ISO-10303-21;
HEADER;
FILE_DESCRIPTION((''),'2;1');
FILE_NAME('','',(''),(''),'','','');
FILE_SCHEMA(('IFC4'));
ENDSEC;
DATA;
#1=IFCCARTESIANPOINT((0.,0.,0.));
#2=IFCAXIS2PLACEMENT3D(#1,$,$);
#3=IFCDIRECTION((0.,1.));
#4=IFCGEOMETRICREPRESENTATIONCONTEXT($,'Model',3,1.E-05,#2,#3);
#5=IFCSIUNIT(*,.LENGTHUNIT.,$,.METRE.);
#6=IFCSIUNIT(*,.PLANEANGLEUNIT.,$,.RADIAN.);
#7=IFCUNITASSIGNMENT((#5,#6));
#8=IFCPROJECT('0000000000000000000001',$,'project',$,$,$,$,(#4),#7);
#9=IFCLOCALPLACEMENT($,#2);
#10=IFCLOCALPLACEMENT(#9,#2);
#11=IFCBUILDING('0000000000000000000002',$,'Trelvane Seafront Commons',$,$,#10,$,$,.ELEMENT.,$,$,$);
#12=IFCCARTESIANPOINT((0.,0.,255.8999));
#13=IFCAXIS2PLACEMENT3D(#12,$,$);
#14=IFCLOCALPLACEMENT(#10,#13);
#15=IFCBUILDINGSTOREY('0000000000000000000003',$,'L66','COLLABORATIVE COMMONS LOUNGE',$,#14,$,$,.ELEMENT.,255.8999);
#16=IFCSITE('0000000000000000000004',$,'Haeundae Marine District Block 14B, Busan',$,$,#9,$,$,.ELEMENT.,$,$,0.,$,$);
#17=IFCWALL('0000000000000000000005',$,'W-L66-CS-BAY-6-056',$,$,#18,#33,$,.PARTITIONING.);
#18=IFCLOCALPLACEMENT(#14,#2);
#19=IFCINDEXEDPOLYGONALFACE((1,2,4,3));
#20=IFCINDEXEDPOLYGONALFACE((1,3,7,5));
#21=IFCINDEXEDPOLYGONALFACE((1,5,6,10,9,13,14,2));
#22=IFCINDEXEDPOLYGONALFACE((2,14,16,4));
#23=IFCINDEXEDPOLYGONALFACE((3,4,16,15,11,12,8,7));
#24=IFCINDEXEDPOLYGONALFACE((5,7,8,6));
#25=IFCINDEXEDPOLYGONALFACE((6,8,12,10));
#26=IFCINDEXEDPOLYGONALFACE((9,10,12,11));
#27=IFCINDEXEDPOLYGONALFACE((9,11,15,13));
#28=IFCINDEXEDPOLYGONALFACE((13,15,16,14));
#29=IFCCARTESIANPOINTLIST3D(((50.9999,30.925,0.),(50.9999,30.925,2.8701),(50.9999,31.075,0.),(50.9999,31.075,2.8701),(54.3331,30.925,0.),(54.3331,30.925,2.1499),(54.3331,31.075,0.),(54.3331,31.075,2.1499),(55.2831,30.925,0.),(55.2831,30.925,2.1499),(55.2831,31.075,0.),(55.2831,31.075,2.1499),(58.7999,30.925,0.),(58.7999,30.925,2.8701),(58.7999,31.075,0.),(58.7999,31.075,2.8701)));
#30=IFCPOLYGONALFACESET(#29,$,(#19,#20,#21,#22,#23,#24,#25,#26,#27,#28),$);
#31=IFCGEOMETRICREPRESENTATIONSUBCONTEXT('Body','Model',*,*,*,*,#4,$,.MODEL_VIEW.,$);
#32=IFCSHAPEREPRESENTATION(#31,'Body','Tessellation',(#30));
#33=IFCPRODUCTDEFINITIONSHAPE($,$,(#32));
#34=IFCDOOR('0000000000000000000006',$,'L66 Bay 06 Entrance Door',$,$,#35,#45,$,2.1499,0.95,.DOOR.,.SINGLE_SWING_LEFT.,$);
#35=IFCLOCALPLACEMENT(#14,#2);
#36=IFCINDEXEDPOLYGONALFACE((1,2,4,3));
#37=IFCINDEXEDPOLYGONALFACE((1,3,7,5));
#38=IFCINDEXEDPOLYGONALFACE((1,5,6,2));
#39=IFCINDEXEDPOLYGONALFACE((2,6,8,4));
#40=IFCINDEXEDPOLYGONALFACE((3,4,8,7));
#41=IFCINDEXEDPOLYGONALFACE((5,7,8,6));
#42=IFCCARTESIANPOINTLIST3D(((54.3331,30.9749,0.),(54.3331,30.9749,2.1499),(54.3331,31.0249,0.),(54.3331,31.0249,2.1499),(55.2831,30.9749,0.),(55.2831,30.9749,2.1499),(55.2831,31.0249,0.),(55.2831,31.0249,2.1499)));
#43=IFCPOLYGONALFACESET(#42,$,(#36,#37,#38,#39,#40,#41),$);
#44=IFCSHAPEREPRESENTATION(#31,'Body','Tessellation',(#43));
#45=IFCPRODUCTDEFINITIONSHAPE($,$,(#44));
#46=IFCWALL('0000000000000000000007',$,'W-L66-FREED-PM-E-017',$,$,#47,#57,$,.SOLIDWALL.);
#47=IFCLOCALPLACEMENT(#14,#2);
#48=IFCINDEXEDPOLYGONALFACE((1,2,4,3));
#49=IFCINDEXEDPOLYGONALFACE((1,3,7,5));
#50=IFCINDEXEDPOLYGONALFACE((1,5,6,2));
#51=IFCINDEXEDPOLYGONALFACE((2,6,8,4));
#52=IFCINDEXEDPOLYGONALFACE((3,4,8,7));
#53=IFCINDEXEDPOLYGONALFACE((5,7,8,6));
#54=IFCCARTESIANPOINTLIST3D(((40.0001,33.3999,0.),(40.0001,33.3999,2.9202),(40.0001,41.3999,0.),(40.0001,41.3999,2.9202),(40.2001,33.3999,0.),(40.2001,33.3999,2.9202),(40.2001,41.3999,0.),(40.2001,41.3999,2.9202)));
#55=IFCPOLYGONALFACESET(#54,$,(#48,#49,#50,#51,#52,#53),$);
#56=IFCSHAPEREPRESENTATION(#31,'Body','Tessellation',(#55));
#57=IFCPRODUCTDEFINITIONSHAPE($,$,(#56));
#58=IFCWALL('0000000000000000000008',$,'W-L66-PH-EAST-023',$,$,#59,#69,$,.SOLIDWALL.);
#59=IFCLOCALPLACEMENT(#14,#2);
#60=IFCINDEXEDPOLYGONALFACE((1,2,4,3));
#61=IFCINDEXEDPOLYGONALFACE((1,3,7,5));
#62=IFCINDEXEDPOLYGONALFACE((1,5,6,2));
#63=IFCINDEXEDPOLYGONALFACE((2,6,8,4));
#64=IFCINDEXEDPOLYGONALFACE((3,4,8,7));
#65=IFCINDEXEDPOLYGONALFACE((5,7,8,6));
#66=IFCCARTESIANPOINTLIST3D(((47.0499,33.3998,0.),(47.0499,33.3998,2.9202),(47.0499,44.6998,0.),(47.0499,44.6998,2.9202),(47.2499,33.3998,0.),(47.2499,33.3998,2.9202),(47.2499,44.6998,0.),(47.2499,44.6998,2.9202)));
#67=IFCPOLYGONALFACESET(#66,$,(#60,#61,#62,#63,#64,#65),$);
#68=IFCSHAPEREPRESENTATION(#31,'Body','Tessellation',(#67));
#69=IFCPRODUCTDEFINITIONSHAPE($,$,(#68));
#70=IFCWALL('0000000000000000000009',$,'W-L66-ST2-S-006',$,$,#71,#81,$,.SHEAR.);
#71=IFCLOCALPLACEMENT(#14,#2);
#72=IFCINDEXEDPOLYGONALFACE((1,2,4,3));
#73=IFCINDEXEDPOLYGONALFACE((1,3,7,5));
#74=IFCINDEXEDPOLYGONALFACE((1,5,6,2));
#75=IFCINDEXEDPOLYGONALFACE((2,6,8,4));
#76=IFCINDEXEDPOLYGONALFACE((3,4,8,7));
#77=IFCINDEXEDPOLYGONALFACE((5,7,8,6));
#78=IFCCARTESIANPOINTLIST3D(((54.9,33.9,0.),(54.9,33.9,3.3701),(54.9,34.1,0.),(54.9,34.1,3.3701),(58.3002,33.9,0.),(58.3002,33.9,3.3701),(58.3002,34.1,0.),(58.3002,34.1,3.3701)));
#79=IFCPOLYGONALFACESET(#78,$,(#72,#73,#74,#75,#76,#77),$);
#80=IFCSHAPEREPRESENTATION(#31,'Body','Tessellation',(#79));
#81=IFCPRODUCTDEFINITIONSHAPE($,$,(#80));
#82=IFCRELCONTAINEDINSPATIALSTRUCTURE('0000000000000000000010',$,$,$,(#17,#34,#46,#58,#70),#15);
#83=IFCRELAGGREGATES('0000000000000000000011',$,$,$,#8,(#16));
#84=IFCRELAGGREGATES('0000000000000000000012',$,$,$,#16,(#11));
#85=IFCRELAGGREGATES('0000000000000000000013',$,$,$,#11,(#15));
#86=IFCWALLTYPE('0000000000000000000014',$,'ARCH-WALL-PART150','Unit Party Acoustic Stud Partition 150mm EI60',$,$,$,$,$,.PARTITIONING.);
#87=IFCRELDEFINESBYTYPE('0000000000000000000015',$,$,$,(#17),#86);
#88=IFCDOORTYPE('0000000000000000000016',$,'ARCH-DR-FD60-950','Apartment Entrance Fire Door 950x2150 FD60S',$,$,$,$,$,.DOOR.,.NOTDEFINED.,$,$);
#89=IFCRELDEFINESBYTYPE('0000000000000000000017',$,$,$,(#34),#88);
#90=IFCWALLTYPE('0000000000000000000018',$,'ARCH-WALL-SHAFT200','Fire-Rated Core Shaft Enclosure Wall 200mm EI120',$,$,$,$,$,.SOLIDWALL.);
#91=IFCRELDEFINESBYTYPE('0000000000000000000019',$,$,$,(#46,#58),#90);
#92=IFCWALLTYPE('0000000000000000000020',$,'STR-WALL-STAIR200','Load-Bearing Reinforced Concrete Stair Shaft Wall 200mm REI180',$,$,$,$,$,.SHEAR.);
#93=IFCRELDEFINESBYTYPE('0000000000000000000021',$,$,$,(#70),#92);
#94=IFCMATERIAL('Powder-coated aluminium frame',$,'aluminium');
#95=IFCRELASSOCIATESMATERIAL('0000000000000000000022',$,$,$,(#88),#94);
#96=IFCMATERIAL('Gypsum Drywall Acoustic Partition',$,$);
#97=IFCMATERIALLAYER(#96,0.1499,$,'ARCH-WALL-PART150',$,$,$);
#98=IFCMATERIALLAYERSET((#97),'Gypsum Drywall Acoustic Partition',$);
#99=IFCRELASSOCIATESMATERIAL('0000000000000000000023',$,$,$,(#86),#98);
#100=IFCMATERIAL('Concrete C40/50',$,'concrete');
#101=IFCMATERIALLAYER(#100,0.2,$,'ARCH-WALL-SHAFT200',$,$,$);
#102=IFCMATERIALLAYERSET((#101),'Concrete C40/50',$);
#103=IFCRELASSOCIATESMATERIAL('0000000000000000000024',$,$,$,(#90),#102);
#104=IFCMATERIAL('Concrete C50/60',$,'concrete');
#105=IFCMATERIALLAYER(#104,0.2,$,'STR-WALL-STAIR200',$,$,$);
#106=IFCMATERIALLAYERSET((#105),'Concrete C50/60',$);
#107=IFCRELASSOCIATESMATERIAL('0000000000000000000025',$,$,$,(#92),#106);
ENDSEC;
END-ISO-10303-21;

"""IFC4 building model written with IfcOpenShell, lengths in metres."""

from ifc_helpers import new_model, si_unit, direction, frame, frame_2d, origin, place, context, subcontext, project, spatial, rectangle, extrude, source, transform, mapped, material, layer, layer_set, type_object, element, fill, save


model = new_model("IFC4")

# Units and contexts
model_context = context("Model", 3, precision=1e-05, world=origin(), true_north=direction((0.0, 1.0)))
body_context = subcontext(model_context, "Body", "Model", "MODEL_VIEW")
ifc_project = project(units=[si_unit("LENGTHUNIT", "METRE"), si_unit("PLANEANGLEUNIT", "RADIAN")], contexts=[model_context])

# Site, building, storey
site_placement = place(None, origin())
site = spatial("IfcSite", under=ifc_project, at=site_placement, Name="Haeundae Marine District Block 14B, Busan", CompositionType="ELEMENT", RefElevation=0.0)
building_placement = place(site_placement, origin())
building = spatial("IfcBuilding", under=site, at=building_placement, Name="Trelvane Seafront Commons", CompositionType="ELEMENT")
storey_placement = place(building_placement, frame((0.0, 0.0, 255.8999)))
storey = spatial("IfcBuildingStorey", under=building, at=storey_placement, Name="L66", Description="COLLABORATIVE COMMONS LOUNGE", CompositionType="ELEMENT", Elevation=255.8999)

# Shared definitions
ifc_material_1 = material(Name="Concrete C50/60", Category="concrete")

# Shared definitions
ifc_material_2 = material(Name="Concrete C40/50", Category="concrete")
ifc_material_3 = material(Name="Powder-coated aluminium frame", Category="aluminium")
door_type_1 = type_object("IfcDoorType", Name="ARCH-DR-FD60-950", Description="Apartment Entrance Fire Door 950x2150 FD60S", OperationType="NOTDEFINED", PredefinedType="DOOR", material=ifc_material_3)
shared_shape_1 = source(origin(), body_context, "Body", "SweptSolid", [
    extrude(rectangle(XDim=0.95, YDim=2.1499, at=frame_2d((0.4751, 1.075))), frame((0.0, 0.0249, 0.0), z_axis=(0.0, -1.0, 0.0), x_axis=(1.0, 0.0, 0.0)), (0.0, 0.0, 1.0), 0.05),
])

# Shared definitions
ifc_material_4 = material(Name="Gypsum Drywall Acoustic Partition")

# Wall, opening, door
ifc_layer_1 = layer(ifc_material_4, 0.1499, Name="ARCH-WALL-PART150")
ifc_layer_set_1 = layer_set([ifc_layer_1], Name="Gypsum Drywall Acoustic Partition")
wall_type_1 = type_object("IfcWallType", Name="ARCH-WALL-PART150", Description="Unit Party Acoustic Stud Partition 150mm EI60", PredefinedType="PARTITIONING", material=ifc_layer_set_1)
wall_1_placement = place(storey_placement, frame((51.0, 31.0, 0.0), z_axis=(0.0, 0.0, 1.0), x_axis=(1.0, 0.0, 0.0)))
wall_1 = element("IfcWall", 1, at=wall_1_placement, inside=storey, type_object=wall_type_1, Name="W-L66-CS-BAY-6-056", PredefinedType="PARTITIONING", context=body_context, shape_type="SweptSolid", body=[
    extrude(rectangle(XDim=7.8, YDim=0.1499, at=frame_2d((3.8999, 0.0))), origin(), (0.0, 0.0, 1.0), 2.8701),
])
opening_1_placement = place(wall_1_placement, frame((3.333, 0.0, 0.0)))
opening_1 = element("IfcOpeningElement", 2, at=opening_1_placement, cuts=wall_1, PredefinedType="OPENING", context=body_context, shape_type="SweptSolid", body=[
    extrude(rectangle(XDim=0.95, YDim=2.1499, at=frame_2d((0.4751, 1.075))), frame((0.0, 0.085, 0.0), z_axis=(0.0, -1.0, 0.0), x_axis=(1.0, 0.0, 0.0)), (0.0, 0.0, 1.0), 0.1699),
])
door_1_placement = place(opening_1_placement, origin())
door_1 = element("IfcDoor", 3, at=door_1_placement, inside=storey, type_object=door_type_1, Name="L66 Bay 06 Entrance Door", OperationType="SINGLE_SWING_LEFT", OverallHeight=2.1499, OverallWidth=0.95, PredefinedType="DOOR", context=body_context, shape_type="MappedRepresentation", body=[
    mapped(shared_shape_1, transform((0.0, 0.0, 0.0), x_axis=(1.0, 0.0, 0.0), y_axis=(0.0, 1.0, 0.0), z_axis=(0.0, 0.0, 1.0), scale=1.0)),
])
fill(opening_1, door_1)

# Walls
ifc_layer_2 = layer(ifc_material_2, 0.2, Name="ARCH-WALL-SHAFT200")
ifc_layer_set_2 = layer_set([ifc_layer_2], Name="Concrete C40/50")
wall_type_2 = type_object("IfcWallType", Name="ARCH-WALL-SHAFT200", Description="Fire-Rated Core Shaft Enclosure Wall 200mm EI120", PredefinedType="SOLIDWALL", material=ifc_layer_set_2)
wall_2_placement = place(storey_placement, frame((40.1001, 33.3999, 0.0), z_axis=(0.0, 0.0, 1.0), x_axis=(0.0, 1.0, 0.0)))
element("IfcWall", 4, at=wall_2_placement, inside=storey, type_object=wall_type_2, Name="W-L66-FREED-PM-E-017", PredefinedType="SOLIDWALL", context=body_context, shape_type="SweptSolid", body=[
    extrude(rectangle(XDim=8.0, YDim=0.2, at=frame_2d((4.0, 0.0))), origin(), (0.0, 0.0, 1.0), 2.9202),
])
wall_3_placement = place(storey_placement, frame((47.1499, 33.3999, 0.0), z_axis=(0.0, 0.0, 1.0), x_axis=(0.0, 1.0, 0.0)))
element("IfcWall", 5, at=wall_3_placement, inside=storey, type_object=wall_type_2, Name="W-L66-PH-EAST-023", PredefinedType="SOLIDWALL", context=body_context, shape_type="SweptSolid", body=[
    extrude(rectangle(XDim=11.3, YDim=0.2, at=frame_2d((5.6499, 0.0))), origin(), (0.0, 0.0, 1.0), 2.9202),
])
ifc_layer_3 = layer(ifc_material_1, 0.2, Name="STR-WALL-STAIR200")
ifc_layer_set_3 = layer_set([ifc_layer_3], Name="Concrete C50/60")
wall_type_3 = type_object("IfcWallType", Name="STR-WALL-STAIR200", Description="Load-Bearing Reinforced Concrete Stair Shaft Wall 200mm REI180", PredefinedType="SHEAR", material=ifc_layer_set_3)
wall_4_placement = place(storey_placement, frame((54.8999, 34.0, 0.0), z_axis=(0.0, 0.0, 1.0), x_axis=(1.0, 0.0, 0.0)))
element("IfcWall", 6, at=wall_4_placement, inside=storey, type_object=wall_type_3, Name="W-L66-ST2-S-006", PredefinedType="SHEAR", context=body_context, shape_type="SweptSolid", body=[
    extrude(rectangle(XDim=3.4001, YDim=0.2, at=frame_2d((1.7002, 0.0))), origin(), (0.0, 0.0, 1.0), 3.3701),
])

save(model, "model.ifc")
